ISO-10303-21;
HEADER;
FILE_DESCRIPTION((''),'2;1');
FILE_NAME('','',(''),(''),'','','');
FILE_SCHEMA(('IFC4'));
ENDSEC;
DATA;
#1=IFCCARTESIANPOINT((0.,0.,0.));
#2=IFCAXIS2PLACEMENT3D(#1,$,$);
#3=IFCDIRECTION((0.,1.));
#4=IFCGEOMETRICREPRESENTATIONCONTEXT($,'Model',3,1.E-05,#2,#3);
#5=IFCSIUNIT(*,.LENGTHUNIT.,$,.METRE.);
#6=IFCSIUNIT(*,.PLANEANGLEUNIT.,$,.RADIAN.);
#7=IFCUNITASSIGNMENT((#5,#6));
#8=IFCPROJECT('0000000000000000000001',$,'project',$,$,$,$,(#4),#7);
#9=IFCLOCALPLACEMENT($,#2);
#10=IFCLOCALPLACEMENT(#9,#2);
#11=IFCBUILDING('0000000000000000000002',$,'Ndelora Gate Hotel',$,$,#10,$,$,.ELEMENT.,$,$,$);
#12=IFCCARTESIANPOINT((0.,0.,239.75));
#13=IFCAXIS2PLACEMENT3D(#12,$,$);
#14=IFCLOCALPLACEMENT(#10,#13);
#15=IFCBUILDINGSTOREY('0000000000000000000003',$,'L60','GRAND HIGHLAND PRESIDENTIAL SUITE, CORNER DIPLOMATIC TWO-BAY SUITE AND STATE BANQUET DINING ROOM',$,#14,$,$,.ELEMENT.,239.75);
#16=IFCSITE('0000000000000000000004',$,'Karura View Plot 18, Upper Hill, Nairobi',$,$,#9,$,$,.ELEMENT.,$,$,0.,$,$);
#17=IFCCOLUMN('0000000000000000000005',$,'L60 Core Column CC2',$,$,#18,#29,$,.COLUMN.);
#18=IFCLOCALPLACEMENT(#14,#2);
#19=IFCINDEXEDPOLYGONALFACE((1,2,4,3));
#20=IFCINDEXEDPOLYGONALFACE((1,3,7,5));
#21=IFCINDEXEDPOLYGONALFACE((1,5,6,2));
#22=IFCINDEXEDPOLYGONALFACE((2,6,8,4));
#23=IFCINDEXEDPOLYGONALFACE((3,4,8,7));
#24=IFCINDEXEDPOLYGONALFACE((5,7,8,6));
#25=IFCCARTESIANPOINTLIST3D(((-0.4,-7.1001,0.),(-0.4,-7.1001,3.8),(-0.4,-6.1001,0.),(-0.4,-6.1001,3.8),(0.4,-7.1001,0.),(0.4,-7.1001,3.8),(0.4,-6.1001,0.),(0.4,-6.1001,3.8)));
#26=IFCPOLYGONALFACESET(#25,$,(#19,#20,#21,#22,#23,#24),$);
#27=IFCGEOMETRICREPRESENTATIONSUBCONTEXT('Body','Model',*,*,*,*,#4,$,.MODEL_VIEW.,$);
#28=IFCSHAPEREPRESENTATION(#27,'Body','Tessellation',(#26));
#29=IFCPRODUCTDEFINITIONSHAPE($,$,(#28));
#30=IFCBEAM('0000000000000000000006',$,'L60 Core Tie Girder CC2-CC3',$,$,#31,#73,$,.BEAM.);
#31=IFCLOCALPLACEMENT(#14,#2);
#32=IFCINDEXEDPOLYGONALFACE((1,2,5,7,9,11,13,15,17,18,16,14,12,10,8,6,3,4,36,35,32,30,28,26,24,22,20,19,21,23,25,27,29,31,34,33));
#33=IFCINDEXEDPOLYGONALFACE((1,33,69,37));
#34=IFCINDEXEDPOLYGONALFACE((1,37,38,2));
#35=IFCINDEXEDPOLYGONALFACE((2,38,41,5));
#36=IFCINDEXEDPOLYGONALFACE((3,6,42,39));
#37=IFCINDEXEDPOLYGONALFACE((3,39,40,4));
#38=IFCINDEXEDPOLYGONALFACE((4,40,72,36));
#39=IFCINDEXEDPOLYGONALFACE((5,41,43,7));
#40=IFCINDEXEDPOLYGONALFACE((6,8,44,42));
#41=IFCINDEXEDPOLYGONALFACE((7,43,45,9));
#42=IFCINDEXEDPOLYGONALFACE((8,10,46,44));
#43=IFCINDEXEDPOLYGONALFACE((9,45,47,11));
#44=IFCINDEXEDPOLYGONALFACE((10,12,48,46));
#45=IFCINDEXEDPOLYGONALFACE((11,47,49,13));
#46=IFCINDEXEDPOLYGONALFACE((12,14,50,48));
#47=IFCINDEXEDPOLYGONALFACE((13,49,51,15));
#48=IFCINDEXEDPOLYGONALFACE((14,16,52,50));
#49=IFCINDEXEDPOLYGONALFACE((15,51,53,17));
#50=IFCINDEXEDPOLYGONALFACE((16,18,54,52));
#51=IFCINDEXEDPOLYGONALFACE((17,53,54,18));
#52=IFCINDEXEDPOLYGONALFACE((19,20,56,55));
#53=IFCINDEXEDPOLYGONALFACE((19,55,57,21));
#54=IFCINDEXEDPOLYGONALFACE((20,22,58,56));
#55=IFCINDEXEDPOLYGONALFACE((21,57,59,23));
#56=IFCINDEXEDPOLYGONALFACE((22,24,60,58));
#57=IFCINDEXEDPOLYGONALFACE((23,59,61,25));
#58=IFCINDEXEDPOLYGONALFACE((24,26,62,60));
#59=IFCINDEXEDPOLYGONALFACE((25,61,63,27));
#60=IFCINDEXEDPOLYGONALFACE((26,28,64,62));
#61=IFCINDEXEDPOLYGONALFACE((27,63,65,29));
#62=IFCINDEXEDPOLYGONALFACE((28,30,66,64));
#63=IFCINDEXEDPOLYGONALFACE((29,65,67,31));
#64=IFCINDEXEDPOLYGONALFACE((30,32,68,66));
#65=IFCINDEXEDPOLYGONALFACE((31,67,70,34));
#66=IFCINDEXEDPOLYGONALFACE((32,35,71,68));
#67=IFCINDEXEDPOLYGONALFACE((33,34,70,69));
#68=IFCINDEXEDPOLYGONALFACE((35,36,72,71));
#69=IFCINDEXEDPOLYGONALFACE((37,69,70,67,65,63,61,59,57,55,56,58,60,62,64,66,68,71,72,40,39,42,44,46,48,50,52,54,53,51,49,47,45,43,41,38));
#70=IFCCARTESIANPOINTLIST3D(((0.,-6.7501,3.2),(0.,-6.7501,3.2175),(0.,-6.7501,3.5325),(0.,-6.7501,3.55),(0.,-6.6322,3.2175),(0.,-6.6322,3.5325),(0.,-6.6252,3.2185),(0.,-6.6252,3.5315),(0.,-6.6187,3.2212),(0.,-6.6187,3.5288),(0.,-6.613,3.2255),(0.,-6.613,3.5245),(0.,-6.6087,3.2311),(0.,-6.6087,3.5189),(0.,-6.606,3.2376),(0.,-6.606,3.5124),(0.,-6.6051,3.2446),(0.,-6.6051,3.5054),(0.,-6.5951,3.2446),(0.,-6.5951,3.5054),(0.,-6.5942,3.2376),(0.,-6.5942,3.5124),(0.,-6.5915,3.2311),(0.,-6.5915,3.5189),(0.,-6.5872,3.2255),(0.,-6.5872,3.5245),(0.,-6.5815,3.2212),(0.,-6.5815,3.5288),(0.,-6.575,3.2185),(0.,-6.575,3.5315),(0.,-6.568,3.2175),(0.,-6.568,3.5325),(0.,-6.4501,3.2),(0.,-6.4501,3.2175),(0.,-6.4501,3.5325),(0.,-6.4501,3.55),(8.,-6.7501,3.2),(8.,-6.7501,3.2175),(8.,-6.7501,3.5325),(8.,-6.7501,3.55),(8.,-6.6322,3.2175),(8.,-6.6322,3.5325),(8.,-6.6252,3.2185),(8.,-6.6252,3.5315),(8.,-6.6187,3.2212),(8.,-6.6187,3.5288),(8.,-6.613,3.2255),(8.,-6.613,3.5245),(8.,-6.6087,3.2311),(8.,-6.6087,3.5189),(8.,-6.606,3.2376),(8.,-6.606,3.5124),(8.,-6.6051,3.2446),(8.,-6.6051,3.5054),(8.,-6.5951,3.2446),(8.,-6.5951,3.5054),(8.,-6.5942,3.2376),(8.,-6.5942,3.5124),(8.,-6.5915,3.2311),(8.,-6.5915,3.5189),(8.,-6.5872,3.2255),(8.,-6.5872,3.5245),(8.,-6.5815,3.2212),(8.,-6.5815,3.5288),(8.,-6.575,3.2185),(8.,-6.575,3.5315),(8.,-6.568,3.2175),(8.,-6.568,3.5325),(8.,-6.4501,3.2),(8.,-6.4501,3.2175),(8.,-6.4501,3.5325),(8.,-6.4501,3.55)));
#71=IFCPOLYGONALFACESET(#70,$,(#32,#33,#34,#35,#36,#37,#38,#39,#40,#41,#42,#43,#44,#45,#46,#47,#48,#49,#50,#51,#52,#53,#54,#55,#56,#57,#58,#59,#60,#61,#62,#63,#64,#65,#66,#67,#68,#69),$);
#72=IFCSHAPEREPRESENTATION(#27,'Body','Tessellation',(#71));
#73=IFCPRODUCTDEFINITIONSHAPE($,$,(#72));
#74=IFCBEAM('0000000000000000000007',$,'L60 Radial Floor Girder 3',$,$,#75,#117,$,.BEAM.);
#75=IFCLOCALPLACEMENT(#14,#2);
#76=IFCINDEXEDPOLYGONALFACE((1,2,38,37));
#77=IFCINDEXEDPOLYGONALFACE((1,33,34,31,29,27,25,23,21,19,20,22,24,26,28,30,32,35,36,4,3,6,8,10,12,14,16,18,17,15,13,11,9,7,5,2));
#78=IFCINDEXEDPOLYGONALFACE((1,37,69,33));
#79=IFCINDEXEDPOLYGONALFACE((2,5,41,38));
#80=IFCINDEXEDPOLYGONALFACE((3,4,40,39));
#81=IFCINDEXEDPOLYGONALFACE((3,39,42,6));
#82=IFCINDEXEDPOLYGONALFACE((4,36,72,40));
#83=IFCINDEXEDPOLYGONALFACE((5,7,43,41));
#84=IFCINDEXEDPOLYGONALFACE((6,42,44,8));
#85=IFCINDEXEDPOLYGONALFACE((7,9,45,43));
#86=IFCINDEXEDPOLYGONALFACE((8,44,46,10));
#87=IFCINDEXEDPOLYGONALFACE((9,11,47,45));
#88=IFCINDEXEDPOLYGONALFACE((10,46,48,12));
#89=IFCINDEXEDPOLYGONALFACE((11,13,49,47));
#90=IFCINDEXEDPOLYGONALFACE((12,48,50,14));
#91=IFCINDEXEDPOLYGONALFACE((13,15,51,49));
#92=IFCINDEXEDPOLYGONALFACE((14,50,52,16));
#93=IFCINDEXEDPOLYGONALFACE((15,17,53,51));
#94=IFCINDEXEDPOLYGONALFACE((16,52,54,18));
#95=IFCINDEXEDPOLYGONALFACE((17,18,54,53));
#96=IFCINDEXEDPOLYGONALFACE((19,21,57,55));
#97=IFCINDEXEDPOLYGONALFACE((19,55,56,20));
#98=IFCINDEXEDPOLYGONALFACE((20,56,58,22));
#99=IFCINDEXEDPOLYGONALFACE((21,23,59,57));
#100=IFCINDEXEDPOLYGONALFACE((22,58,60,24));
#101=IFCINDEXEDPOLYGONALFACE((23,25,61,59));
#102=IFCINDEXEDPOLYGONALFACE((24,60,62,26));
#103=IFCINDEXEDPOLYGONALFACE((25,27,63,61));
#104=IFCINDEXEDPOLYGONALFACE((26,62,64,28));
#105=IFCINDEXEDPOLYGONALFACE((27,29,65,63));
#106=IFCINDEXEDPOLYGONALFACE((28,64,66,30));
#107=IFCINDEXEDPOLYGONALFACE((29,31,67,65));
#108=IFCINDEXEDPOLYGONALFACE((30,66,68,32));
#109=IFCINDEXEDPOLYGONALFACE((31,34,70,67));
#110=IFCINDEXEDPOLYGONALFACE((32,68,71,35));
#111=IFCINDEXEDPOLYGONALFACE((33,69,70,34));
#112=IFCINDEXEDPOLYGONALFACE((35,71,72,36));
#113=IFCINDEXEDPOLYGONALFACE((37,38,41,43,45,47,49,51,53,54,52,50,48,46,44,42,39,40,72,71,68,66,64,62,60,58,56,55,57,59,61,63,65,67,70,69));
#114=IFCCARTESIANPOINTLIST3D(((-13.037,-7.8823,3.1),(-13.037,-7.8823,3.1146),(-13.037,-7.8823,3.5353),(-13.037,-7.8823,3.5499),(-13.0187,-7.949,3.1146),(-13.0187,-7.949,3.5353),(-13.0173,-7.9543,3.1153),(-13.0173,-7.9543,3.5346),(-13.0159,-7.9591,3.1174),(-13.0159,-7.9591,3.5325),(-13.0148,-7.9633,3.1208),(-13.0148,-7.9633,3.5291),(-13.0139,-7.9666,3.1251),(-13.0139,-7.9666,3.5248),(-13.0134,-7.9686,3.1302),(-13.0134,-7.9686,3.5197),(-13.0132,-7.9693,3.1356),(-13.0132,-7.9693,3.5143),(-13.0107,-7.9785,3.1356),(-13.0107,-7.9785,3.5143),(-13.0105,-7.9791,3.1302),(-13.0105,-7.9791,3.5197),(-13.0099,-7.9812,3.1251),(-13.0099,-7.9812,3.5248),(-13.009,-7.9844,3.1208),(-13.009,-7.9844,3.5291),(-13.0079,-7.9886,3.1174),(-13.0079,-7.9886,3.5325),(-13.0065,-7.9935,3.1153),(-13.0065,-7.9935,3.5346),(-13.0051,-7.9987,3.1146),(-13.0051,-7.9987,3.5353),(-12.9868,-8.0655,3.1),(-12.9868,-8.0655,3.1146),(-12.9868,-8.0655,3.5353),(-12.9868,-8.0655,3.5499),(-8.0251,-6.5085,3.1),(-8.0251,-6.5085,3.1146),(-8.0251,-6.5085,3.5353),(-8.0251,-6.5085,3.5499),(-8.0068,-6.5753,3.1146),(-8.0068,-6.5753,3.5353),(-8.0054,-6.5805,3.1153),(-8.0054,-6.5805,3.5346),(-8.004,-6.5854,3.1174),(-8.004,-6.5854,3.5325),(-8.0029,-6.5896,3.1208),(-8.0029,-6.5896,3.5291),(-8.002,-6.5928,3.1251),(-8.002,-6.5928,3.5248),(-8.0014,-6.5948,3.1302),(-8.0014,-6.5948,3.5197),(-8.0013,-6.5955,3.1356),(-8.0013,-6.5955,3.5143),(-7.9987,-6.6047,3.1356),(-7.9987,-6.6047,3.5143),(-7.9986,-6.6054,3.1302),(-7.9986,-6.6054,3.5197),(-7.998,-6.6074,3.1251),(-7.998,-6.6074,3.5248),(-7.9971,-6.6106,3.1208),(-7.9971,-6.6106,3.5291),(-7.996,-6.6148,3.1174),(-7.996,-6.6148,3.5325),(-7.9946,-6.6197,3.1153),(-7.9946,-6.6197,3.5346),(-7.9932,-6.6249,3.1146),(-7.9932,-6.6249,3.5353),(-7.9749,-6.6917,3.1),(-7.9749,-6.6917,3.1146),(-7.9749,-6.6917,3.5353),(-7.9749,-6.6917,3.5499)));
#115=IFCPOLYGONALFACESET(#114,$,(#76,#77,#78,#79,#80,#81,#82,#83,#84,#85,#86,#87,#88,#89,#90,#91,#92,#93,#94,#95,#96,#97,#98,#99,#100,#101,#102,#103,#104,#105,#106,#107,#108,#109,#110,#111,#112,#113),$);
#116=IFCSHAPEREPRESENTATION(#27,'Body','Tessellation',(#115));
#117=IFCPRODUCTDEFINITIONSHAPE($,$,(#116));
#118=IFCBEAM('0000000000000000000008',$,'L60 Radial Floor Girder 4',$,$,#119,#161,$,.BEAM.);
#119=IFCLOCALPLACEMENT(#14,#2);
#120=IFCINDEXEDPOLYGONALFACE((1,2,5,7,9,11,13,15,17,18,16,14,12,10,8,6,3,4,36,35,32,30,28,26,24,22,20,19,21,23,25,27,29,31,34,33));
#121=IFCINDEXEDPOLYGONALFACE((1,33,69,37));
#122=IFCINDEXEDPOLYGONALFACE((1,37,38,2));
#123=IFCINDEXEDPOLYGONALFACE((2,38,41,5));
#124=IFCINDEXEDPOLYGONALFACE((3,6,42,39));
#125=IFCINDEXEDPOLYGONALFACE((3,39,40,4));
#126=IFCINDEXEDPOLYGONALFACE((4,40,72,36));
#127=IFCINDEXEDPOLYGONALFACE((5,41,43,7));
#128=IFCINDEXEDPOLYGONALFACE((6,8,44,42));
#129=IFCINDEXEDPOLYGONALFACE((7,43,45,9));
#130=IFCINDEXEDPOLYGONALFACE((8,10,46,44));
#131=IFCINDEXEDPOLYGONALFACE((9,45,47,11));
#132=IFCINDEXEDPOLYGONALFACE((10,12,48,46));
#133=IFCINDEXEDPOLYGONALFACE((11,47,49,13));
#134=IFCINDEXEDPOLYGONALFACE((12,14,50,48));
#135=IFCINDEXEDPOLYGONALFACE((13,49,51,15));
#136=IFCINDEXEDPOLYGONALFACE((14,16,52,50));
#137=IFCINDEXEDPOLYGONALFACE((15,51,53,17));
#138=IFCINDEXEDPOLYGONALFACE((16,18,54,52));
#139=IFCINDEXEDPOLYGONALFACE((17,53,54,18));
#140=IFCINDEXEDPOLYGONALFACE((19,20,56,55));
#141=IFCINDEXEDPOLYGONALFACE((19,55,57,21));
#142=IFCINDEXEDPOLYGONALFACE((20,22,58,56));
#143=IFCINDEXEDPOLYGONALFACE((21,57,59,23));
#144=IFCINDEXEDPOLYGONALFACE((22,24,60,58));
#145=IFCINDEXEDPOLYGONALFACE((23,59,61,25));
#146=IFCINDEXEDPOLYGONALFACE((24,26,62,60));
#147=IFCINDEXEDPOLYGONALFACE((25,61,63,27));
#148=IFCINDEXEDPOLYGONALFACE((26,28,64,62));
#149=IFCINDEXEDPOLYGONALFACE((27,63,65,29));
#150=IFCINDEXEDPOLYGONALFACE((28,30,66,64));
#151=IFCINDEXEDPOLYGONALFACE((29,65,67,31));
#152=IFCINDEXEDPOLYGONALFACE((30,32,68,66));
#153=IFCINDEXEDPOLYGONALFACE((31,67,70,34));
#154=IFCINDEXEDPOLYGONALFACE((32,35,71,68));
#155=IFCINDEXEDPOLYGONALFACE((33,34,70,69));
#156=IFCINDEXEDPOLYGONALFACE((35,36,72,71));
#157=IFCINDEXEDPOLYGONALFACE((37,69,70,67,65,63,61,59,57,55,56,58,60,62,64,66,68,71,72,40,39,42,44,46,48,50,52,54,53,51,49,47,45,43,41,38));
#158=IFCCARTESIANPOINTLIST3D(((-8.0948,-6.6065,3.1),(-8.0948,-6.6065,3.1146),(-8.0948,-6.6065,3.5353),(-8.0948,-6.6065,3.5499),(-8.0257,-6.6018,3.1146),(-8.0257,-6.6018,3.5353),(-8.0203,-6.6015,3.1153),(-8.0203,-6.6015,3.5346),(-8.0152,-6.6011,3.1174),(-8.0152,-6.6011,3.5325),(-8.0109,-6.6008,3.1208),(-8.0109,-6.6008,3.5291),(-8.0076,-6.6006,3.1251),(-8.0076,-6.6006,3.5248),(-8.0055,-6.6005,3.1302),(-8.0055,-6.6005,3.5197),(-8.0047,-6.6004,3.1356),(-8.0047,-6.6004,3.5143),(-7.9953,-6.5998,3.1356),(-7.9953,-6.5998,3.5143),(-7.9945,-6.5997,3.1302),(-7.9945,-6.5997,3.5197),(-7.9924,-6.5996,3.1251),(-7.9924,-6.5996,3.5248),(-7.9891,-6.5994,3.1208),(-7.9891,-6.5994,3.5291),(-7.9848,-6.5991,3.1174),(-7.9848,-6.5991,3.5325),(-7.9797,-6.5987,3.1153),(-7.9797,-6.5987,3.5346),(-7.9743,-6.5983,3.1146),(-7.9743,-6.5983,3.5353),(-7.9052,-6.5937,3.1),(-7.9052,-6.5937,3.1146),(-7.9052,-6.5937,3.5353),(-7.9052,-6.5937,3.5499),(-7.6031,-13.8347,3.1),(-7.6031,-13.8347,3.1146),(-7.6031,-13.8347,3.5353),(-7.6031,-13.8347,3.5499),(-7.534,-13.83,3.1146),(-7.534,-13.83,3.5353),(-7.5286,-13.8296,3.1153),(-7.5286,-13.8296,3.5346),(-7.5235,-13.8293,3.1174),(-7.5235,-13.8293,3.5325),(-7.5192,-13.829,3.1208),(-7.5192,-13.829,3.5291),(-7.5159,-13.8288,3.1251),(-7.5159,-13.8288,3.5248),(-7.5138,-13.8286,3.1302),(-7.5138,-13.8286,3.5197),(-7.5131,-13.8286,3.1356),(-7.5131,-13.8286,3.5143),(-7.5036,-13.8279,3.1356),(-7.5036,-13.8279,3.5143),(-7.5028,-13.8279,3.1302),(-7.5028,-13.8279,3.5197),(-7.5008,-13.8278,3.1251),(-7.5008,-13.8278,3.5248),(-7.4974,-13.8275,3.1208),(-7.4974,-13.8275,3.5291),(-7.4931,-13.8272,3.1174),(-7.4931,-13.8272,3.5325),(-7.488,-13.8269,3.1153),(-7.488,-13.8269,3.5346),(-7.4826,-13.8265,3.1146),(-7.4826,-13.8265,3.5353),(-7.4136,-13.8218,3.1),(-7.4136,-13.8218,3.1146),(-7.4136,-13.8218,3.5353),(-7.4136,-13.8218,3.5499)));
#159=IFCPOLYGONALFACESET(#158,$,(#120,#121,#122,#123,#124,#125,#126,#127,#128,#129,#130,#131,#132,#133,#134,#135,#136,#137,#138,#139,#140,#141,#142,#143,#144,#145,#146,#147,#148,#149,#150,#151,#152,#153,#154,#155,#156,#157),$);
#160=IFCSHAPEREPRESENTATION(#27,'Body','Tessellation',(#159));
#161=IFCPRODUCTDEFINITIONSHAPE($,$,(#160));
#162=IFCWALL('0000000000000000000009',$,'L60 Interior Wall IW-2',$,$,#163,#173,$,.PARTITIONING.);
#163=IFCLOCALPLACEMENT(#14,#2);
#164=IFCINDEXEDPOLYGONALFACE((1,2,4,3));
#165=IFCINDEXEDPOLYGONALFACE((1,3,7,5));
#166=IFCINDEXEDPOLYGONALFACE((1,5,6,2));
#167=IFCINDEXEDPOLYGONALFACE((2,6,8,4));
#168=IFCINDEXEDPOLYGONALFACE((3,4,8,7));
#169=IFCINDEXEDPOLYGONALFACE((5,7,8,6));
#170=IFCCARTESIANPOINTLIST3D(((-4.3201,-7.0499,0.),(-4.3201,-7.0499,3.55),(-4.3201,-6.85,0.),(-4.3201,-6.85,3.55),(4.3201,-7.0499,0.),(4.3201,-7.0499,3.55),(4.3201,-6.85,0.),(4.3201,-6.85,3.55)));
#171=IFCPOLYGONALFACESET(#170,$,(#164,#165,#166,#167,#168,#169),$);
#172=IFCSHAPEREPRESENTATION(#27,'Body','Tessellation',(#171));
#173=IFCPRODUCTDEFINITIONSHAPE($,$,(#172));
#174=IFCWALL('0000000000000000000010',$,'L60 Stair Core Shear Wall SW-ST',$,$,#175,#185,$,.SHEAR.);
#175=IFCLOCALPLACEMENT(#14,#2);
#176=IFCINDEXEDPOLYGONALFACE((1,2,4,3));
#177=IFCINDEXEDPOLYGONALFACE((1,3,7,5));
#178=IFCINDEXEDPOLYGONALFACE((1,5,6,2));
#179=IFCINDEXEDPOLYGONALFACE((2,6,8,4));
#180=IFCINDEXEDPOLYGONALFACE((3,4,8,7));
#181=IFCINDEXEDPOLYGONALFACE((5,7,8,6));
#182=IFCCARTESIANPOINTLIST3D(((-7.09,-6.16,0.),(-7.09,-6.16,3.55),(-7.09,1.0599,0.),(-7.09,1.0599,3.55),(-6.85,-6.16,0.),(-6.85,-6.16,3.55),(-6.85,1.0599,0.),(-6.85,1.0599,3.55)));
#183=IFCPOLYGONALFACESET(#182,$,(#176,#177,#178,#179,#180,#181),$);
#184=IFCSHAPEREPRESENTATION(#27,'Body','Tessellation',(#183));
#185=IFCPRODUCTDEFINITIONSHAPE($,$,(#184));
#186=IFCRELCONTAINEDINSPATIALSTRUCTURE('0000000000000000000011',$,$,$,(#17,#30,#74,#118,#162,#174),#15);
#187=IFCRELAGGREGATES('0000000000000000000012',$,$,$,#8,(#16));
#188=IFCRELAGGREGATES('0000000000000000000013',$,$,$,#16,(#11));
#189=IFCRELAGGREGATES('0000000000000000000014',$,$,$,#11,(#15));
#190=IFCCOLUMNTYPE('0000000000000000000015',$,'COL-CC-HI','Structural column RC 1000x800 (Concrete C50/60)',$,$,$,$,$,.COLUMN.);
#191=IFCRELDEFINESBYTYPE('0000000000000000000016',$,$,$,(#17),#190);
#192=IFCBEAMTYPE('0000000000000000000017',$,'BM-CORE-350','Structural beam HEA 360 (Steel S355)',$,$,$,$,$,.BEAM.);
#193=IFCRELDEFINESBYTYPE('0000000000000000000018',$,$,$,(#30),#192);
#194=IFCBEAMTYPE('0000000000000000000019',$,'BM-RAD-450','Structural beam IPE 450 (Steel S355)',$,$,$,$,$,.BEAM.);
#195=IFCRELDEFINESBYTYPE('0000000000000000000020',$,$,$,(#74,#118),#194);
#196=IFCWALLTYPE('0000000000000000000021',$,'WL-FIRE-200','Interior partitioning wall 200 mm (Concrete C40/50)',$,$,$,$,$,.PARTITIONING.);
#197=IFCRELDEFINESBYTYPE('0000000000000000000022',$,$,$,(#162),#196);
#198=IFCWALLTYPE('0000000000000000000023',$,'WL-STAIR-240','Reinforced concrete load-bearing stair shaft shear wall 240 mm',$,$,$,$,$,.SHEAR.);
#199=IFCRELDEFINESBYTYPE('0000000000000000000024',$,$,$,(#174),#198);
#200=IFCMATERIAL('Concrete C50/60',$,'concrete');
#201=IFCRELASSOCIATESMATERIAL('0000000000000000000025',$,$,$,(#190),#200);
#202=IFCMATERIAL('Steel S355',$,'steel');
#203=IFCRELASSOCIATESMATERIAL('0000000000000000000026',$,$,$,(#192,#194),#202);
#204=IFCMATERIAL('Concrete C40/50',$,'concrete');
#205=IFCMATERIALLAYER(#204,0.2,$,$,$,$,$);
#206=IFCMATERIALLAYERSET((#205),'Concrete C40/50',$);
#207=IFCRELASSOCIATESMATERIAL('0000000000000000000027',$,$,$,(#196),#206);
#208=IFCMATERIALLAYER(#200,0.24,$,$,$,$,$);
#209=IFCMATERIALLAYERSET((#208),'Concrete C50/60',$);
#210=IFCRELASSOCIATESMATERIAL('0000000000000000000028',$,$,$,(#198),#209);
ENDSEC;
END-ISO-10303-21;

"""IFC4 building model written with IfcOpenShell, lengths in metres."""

from ifc_helpers import new_model, si_unit, direction, frame, frame_2d, origin, origin_2d, place, context, subcontext, project, spatial, rectangle, i_section, extrude, material, layer, layer_set, material_profile, profile_set, type_object, element, save


model = new_model("IFC4")

# Units and contexts
model_context = context("Model", 3, precision=1e-05, world=origin(), true_north=direction((0.0, 1.0)))
body_context = subcontext(model_context, "Body", "Model", "MODEL_VIEW")
ifc_project = project(units=[si_unit("LENGTHUNIT", "METRE"), si_unit("PLANEANGLEUNIT", "RADIAN")], contexts=[model_context])

# Site, building, storey
site_placement = place(None, origin())
site = spatial("IfcSite", under=ifc_project, at=site_placement, Name="Karura View Plot 18, Upper Hill, Nairobi", CompositionType="ELEMENT", RefElevation=0.0)
building_placement = place(site_placement, origin())
building = spatial("IfcBuilding", under=site, at=building_placement, Name="Ndelora Gate Hotel", CompositionType="ELEMENT")
storey_placement = place(building_placement, frame((0.0, 0.0, 239.75)))
storey = spatial("IfcBuildingStorey", under=building, at=storey_placement, Name="L60", Description="GRAND HIGHLAND PRESIDENTIAL SUITE, CORNER DIPLOMATIC TWO-BAY SUITE AND STATE BANQUET DINING ROOM", CompositionType="ELEMENT", Elevation=239.75)

# Column
ifc_material_1 = material(Name="Concrete C50/60", Category="concrete")
ifc_material_profile_1 = material_profile(ifc_material_1, rectangle(XDim=0.8, YDim=1.0, at=origin_2d()), Name="RC 1000x800")
ifc_profile_set_1 = profile_set([ifc_material_profile_1], Name="Concrete C50/60")
column_type = type_object("IfcColumnType", Name="COL-CC-HI", Description="Structural column RC 1000x800 (Concrete C50/60)", PredefinedType="COLUMN", material=ifc_profile_set_1)
column_placement = place(storey_placement, frame((0.0, -6.6001, 0.0), z_axis=(0.0, 0.0, 1.0), x_axis=(1.0, 0.0, 0.0)))
element("IfcColumn", 1, at=column_placement, inside=storey, type_object=column_type, Name="L60 Core Column CC2", PredefinedType="COLUMN", context=body_context, shape_type="SweptSolid", body=[
    extrude(rectangle(XDim=0.8, YDim=1.0, at=origin_2d()), origin(), (0.0, 0.0, 1.0), 3.8),
])

# Beams
ifc_material_2 = material(Name="Steel S355", Category="steel")
ifc_material_profile_2 = material_profile(ifc_material_2, i_section(OverallWidth=0.3, OverallDepth=0.3501, WebThickness=0.01, FlangeThickness=0.0176, FilletRadius=0.0271, at=origin_2d()), Name="HEA 360")
ifc_profile_set_2 = profile_set([ifc_material_profile_2], Name="Steel S355")
beam_type_1 = type_object("IfcBeamType", Name="BM-CORE-350", Description="Structural beam HEA 360 (Steel S355)", PredefinedType="BEAM", material=ifc_profile_set_2)
beam_1_placement = place(storey_placement, frame((0.0, -6.6001, 3.375), z_axis=(1.0, 0.0, 0.0), x_axis=(0.0, 1.0, 0.0)))
element("IfcBeam", 2, at=beam_1_placement, inside=storey, type_object=beam_type_1, Name="L60 Core Tie Girder CC2-CC3", PredefinedType="BEAM", context=body_context, shape_type="SweptSolid", body=[
    extrude(i_section(OverallWidth=0.3, OverallDepth=0.3501, WebThickness=0.01, FlangeThickness=0.0176, FilletRadius=0.0271, at=origin_2d()), origin(), (0.0, 0.0, 1.0), 8.0),
])
ifc_material_profile_3 = material_profile(ifc_material_2, i_section(OverallWidth=0.1899, OverallDepth=0.45, WebThickness=0.0095, FlangeThickness=0.0146, FilletRadius=0.021, at=origin_2d()), Name="IPE 450")
ifc_profile_set_3 = profile_set([ifc_material_profile_3], Name="Steel S355")
beam_type_2 = type_object("IfcBeamType", Name="BM-RAD-450", Description="Structural beam IPE 450 (Steel S355)", PredefinedType="BEAM", material=ifc_profile_set_3)
beam_2_placement = place(storey_placement, frame((-8.0, -6.6001, 3.325), z_axis=(-0.964427, -0.264349, 0.0), x_axis=(0.264349, -0.964427, 0.0)))
element("IfcBeam", 3, at=beam_2_placement, inside=storey, type_object=beam_type_2, Name="L60 Radial Floor Girder 3", PredefinedType="BEAM", context=body_context, shape_type="SweptSolid", body=[
    extrude(i_section(OverallWidth=0.1899, OverallDepth=0.45, WebThickness=0.0095, FlangeThickness=0.0146, FilletRadius=0.021, at=origin_2d()), origin(), (0.0, 0.0, 1.0), 5.1968),
])
beam_3_placement = place(storey_placement, frame((-8.0, -6.6001, 3.325), z_axis=(0.067868, -0.997694, 0.0), x_axis=(0.997694, 0.067868, 0.0)))
element("IfcBeam", 4, at=beam_3_placement, inside=storey, type_object=beam_type_2, Name="L60 Radial Floor Girder 4", PredefinedType="BEAM", context=body_context, shape_type="SweptSolid", body=[
    extrude(i_section(OverallWidth=0.1899, OverallDepth=0.45, WebThickness=0.0095, FlangeThickness=0.0146, FilletRadius=0.021, at=origin_2d()), origin(), (0.0, 0.0, 1.0), 7.2449),
])

# Walls
ifc_material_3 = material(Name="Concrete C40/50", Category="concrete")
ifc_layer_1 = layer(ifc_material_3, 0.2)
ifc_layer_set_1 = layer_set([ifc_layer_1], Name="Concrete C40/50")
wall_type_1 = type_object("IfcWallType", Name="WL-FIRE-200", Description="Interior partitioning wall 200 mm (Concrete C40/50)", PredefinedType="PARTITIONING", material=ifc_layer_set_1)
wall_1_placement = place(storey_placement, frame((-4.3201, -6.95, 0.0), z_axis=(0.0, 0.0, 1.0), x_axis=(1.0, 0.0, 0.0)))
element("IfcWall", 5, at=wall_1_placement, inside=storey, type_object=wall_type_1, Name="L60 Interior Wall IW-2", PredefinedType="PARTITIONING", context=body_context, shape_type="SweptSolid", body=[
    extrude(rectangle(XDim=8.6401, YDim=0.2, at=frame_2d((4.3201, 0.0))), origin(), (0.0, 0.0, 1.0), 3.55),
])
ifc_layer_2 = layer(ifc_material_1, 0.24)
ifc_layer_set_2 = layer_set([ifc_layer_2], Name="Concrete C50/60")
wall_type_2 = type_object("IfcWallType", Name="WL-STAIR-240", Description="Reinforced concrete load-bearing stair shaft shear wall 240 mm", PredefinedType="SHEAR", material=ifc_layer_set_2)
wall_2_placement = place(storey_placement, frame((-6.97, -6.1599, 0.0), z_axis=(0.0, 0.0, 1.0), x_axis=(0.0, 1.0, 0.0)))
element("IfcWall", 6, at=wall_2_placement, inside=storey, type_object=wall_type_2, Name="L60 Stair Core Shear Wall SW-ST", PredefinedType="SHEAR", context=body_context, shape_type="SweptSolid", body=[
    extrude(rectangle(XDim=7.22, YDim=0.24, at=frame_2d((3.6099, 0.0))), origin(), (0.0, 0.0, 1.0), 3.55),
])

save(model, "model.ifc")
